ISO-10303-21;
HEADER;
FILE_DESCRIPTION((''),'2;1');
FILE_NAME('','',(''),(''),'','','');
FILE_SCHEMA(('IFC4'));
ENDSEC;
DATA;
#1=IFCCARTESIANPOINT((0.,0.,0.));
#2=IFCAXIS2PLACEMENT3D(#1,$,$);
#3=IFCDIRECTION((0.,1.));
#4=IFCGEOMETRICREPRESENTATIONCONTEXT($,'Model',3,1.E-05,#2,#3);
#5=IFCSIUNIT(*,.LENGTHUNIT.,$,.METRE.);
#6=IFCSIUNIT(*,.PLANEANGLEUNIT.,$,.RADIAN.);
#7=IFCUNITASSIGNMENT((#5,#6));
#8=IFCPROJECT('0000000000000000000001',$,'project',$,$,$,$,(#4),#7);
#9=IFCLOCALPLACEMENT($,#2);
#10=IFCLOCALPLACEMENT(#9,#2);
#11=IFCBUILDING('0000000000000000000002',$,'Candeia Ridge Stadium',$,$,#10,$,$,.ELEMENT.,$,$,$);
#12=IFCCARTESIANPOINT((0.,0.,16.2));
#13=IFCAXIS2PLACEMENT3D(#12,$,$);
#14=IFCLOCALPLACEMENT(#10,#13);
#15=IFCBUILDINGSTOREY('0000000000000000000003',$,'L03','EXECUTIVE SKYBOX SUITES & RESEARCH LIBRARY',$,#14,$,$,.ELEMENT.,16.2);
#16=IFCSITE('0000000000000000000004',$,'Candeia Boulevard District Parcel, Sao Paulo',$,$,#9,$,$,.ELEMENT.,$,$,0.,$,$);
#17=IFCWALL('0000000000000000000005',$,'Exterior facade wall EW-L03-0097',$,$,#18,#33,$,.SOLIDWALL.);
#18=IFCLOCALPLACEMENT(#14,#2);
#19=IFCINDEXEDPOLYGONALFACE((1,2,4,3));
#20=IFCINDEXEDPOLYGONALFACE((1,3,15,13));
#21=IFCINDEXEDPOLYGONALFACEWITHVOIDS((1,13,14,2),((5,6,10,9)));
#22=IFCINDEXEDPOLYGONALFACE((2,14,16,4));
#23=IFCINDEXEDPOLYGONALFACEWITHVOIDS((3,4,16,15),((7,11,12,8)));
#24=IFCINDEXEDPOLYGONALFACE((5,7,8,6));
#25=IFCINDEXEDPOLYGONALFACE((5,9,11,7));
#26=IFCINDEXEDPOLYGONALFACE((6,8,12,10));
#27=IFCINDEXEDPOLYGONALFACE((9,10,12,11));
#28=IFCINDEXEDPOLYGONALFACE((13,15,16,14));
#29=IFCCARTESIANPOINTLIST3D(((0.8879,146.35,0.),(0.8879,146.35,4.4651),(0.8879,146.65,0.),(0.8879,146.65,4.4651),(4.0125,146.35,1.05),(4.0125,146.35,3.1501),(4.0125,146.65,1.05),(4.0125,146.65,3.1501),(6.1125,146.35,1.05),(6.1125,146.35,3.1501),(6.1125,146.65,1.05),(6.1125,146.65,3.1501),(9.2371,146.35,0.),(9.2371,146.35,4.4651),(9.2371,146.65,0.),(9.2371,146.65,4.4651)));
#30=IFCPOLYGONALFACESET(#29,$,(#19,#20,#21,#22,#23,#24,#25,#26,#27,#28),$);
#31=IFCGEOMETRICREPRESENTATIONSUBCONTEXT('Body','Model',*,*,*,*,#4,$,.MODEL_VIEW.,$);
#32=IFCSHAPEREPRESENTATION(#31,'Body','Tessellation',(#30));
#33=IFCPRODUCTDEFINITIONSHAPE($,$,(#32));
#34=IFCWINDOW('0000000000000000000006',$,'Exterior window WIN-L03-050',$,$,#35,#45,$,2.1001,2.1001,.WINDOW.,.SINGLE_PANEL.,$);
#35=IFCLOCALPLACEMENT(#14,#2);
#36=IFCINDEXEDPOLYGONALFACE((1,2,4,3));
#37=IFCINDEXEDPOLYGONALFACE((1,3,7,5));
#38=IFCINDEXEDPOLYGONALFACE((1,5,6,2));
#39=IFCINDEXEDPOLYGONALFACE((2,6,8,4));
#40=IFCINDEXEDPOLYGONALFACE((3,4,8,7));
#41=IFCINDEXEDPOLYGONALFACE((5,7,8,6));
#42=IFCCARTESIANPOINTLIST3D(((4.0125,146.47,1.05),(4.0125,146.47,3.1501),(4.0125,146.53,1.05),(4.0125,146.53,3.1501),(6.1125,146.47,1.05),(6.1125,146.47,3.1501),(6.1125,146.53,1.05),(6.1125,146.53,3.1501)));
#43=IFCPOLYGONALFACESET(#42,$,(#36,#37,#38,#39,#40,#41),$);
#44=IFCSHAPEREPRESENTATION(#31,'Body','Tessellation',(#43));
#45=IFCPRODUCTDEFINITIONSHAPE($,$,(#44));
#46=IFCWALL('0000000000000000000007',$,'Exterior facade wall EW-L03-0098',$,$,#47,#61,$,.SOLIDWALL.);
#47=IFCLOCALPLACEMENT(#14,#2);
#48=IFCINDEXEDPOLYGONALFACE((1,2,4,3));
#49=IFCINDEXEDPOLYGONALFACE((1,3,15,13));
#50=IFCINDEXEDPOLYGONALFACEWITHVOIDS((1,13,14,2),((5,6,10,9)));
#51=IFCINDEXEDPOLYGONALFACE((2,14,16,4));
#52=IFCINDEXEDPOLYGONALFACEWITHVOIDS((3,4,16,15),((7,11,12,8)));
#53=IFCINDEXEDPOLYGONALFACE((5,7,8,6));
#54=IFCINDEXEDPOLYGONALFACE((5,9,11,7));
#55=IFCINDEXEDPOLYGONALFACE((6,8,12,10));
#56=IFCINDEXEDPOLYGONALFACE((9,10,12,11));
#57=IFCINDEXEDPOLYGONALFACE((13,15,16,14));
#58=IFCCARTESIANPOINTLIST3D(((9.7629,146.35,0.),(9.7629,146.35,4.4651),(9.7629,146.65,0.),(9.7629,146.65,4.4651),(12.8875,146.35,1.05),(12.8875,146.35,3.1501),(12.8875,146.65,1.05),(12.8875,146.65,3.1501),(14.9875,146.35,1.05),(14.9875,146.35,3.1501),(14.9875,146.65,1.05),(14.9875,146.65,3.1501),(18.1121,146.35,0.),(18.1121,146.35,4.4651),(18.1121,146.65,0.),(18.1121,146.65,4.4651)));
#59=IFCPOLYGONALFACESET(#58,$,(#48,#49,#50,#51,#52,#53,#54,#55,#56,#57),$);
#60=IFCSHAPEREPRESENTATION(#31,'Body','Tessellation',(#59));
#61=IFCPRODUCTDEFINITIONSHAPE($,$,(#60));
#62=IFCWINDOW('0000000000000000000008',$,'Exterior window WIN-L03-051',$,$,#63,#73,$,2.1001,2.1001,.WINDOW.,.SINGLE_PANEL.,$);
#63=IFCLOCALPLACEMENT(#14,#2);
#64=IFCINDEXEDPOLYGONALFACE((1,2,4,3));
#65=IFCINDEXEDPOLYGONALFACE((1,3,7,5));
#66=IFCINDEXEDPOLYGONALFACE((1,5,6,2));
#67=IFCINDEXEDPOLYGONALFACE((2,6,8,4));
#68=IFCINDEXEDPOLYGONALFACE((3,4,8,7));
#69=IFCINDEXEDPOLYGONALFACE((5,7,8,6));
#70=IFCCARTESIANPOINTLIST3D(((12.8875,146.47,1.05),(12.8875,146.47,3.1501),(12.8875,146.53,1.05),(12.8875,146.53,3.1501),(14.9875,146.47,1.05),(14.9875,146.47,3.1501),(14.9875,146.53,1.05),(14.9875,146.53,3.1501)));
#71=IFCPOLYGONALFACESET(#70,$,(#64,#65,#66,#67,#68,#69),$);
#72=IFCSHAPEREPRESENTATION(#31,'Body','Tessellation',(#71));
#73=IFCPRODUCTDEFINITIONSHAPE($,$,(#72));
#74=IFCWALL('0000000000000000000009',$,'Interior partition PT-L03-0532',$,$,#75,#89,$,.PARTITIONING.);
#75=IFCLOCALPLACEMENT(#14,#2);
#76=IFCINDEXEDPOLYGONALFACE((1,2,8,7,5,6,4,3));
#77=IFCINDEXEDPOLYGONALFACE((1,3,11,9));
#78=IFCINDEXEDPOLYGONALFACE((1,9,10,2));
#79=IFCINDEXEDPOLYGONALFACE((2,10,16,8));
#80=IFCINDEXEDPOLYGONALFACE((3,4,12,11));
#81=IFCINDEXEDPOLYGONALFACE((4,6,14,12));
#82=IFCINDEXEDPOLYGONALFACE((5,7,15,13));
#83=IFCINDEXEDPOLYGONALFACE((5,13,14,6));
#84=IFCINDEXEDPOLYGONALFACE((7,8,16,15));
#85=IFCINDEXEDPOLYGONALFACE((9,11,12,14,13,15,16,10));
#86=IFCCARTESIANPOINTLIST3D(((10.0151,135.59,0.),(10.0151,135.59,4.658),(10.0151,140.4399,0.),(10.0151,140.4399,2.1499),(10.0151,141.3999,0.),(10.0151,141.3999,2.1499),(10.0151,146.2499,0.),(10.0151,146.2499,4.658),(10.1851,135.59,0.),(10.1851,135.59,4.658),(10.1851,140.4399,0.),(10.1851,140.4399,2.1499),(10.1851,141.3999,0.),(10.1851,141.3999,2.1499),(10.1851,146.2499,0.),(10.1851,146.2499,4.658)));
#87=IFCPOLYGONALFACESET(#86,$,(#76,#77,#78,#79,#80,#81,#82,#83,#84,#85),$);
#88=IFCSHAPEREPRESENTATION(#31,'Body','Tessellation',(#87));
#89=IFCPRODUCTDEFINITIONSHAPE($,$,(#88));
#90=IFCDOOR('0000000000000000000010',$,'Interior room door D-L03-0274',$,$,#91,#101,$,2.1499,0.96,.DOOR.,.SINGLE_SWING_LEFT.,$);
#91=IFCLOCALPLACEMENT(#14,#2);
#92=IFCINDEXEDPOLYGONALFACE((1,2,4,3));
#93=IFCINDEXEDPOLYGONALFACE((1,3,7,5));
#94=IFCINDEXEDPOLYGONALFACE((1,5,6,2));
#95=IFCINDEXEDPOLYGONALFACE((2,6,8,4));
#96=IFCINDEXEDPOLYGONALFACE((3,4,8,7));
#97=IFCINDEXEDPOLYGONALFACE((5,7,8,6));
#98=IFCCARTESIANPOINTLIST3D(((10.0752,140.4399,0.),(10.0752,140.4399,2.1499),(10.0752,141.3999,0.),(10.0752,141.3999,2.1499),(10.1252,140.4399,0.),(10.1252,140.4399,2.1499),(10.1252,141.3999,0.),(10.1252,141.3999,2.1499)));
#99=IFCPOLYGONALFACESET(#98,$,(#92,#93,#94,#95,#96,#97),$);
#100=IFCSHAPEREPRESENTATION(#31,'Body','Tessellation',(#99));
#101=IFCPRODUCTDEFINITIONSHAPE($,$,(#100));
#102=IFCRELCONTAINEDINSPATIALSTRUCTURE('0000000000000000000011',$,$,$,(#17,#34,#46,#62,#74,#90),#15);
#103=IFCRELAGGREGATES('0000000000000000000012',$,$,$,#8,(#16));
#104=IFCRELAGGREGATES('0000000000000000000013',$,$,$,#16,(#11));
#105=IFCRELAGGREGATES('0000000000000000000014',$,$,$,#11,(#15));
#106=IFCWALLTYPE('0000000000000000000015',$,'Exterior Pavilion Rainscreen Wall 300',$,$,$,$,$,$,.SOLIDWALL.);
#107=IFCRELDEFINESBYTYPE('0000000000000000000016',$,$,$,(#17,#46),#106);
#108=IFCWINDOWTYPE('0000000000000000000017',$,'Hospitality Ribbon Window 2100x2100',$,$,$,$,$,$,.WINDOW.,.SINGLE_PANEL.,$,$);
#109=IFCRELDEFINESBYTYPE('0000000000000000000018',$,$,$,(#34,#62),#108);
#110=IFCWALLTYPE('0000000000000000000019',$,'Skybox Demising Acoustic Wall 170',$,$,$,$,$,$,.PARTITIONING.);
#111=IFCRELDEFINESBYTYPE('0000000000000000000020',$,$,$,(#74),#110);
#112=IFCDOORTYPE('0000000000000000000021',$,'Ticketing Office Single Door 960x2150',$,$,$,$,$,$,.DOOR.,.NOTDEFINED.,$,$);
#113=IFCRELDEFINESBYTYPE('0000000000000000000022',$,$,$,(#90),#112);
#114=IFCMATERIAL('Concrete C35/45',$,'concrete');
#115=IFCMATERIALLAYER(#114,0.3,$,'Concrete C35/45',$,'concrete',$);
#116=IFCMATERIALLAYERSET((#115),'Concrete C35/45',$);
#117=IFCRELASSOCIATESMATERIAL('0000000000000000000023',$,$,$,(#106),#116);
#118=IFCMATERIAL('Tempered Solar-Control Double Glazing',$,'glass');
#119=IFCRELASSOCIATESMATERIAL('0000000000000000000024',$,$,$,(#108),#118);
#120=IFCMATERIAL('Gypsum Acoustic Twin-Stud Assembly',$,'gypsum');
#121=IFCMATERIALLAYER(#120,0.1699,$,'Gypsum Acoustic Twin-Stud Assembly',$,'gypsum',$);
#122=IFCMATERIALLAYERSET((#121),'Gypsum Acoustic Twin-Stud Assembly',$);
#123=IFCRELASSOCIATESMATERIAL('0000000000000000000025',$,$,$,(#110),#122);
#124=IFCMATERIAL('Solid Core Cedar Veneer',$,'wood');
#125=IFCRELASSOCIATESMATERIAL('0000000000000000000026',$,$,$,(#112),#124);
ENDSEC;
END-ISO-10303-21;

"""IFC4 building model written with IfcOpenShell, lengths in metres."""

from ifc_helpers import new_model, si_unit, direction, frame, frame_2d, origin, place, context, subcontext, project, spatial, rectangle, extrude, material, layer, layer_set, type_object, element, fill, save


model = new_model("IFC4")

# Units and contexts
model_context = context("Model", 3, precision=1e-05, world=origin(), true_north=direction((0.0, 1.0)))
body_context = subcontext(model_context, "Body", "Model", "MODEL_VIEW")
ifc_project = project(units=[si_unit("LENGTHUNIT", "METRE"), si_unit("PLANEANGLEUNIT", "RADIAN")], contexts=[model_context])

# Site, building, storey
site_placement = place(None, origin())
site = spatial("IfcSite", under=ifc_project, at=site_placement, Name="Candeia Boulevard District Parcel, Sao Paulo", CompositionType="ELEMENT", RefElevation=0.0)
building_placement = place(site_placement, origin())
building = spatial("IfcBuilding", under=site, at=building_placement, Name="Candeia Ridge Stadium", CompositionType="ELEMENT")
storey_placement = place(building_placement, frame((0.0, 0.0, 16.2)))
storey = spatial("IfcBuildingStorey", under=building, at=storey_placement, Name="L03", Description="EXECUTIVE SKYBOX SUITES & RESEARCH LIBRARY", CompositionType="ELEMENT", Elevation=16.2)

# Walls, openings, windows
ifc_material_1 = material(Name="Concrete C35/45", Category="concrete")
ifc_material_2 = material(Name="Tempered Solar-Control Double Glazing", Category="glass")
ifc_layer_1 = layer(ifc_material_1, 0.3, Name="Concrete C35/45", Category="concrete")
ifc_layer_set_1 = layer_set([ifc_layer_1], Name="Concrete C35/45")
wall_type_1 = type_object("IfcWallType", Name="Exterior Pavilion Rainscreen Wall 300", PredefinedType="SOLIDWALL", material=ifc_layer_set_1)
wall_1_placement = place(storey_placement, frame((0.8879, 146.5, 0.0), z_axis=(0.0, 0.0, 1.0), x_axis=(1.0, 0.0, 0.0)))
wall_1 = element("IfcWall", 1, at=wall_1_placement, inside=storey, type_object=wall_type_1, Name="Exterior facade wall EW-L03-0097", PredefinedType="SOLIDWALL", context=body_context, shape_type="SweptSolid", body=[
    extrude(rectangle(XDim=8.3491, YDim=0.3, at=frame_2d((4.1746, 0.0))), origin(), (0.0, 0.0, 1.0), 4.4651),
])
opening_1_placement = place(wall_1_placement, frame((3.1245, 0.0, 1.05)))
opening_1 = element("IfcOpeningElement", 2, at=opening_1_placement, cuts=wall_1, PredefinedType="OPENING", context=body_context, shape_type="SweptSolid", body=[
    extrude(rectangle(XDim=2.1001, YDim=2.1001, at=frame_2d((1.05, 1.05))), frame((0.0, 0.1599, 0.0), z_axis=(0.0, -1.0, 0.0), x_axis=(1.0, 0.0, 0.0)), (0.0, 0.0, 1.0), 0.3201),
])
window_type_1 = type_object("IfcWindowType", Name="Hospitality Ribbon Window 2100x2100", PartitioningType="SINGLE_PANEL", PredefinedType="WINDOW", material=ifc_material_2)
window_1_placement = place(opening_1_placement, origin())
window_1 = element("IfcWindow", 3, at=window_1_placement, inside=storey, type_object=window_type_1, Name="Exterior window WIN-L03-050", OverallHeight=2.1001, OverallWidth=2.1001, PartitioningType="SINGLE_PANEL", PredefinedType="WINDOW", context=body_context, shape_type="SweptSolid", body=[
    extrude(rectangle(XDim=2.1001, YDim=2.1001, at=frame_2d((1.05, 1.05))), frame((0.0, 0.03, 0.0), z_axis=(0.0, -1.0, 0.0), x_axis=(1.0, 0.0, 0.0)), (0.0, 0.0, 1.0), 0.0601),
])
fill(opening_1, window_1)
wall_2_placement = place(storey_placement, frame((9.7629, 146.5, 0.0), z_axis=(0.0, 0.0, 1.0), x_axis=(1.0, 0.0, 0.0)))
wall_2 = element("IfcWall", 4, at=wall_2_placement, inside=storey, type_object=wall_type_1, Name="Exterior facade wall EW-L03-0098", PredefinedType="SOLIDWALL", context=body_context, shape_type="SweptSolid", body=[
    extrude(rectangle(XDim=8.3491, YDim=0.3, at=frame_2d((4.1746, 0.0))), origin(), (0.0, 0.0, 1.0), 4.4651),
])
opening_2_placement = place(wall_2_placement, frame((3.1245, 0.0, 1.05)))
opening_2 = element("IfcOpeningElement", 5, at=opening_2_placement, cuts=wall_2, PredefinedType="OPENING", context=body_context, shape_type="SweptSolid", body=[
    extrude(rectangle(XDim=2.1001, YDim=2.1001, at=frame_2d((1.05, 1.05))), frame((0.0, 0.1599, 0.0), z_axis=(0.0, -1.0, 0.0), x_axis=(1.0, 0.0, 0.0)), (0.0, 0.0, 1.0), 0.3201),
])
window_2_placement = place(opening_2_placement, origin())
window_2 = element("IfcWindow", 6, at=window_2_placement, inside=storey, type_object=window_type_1, Name="Exterior window WIN-L03-051", OverallHeight=2.1001, OverallWidth=2.1001, PartitioningType="SINGLE_PANEL", PredefinedType="WINDOW", context=body_context, shape_type="SweptSolid", body=[
    extrude(rectangle(XDim=2.1001, YDim=2.1001, at=frame_2d((1.05, 1.05))), frame((0.0, 0.03, 0.0), z_axis=(0.0, -1.0, 0.0), x_axis=(1.0, 0.0, 0.0)), (0.0, 0.0, 1.0), 0.0601),
])
fill(opening_2, window_2)

# Wall, opening, door
ifc_material_3 = material(Name="Gypsum Acoustic Twin-Stud Assembly", Category="gypsum")
ifc_layer_2 = layer(ifc_material_3, 0.1699, Name="Gypsum Acoustic Twin-Stud Assembly", Category="gypsum")
ifc_layer_set_2 = layer_set([ifc_layer_2], Name="Gypsum Acoustic Twin-Stud Assembly")
wall_type_2 = type_object("IfcWallType", Name="Skybox Demising Acoustic Wall 170", PredefinedType="PARTITIONING", material=ifc_layer_set_2)
wall_3_placement = place(storey_placement, frame((10.1001, 146.25, 0.0), z_axis=(0.0, 0.0, 1.0), x_axis=(0.0, -1.0, 0.0)))
wall_3 = element("IfcWall", 7, at=wall_3_placement, inside=storey, type_object=wall_type_2, Name="Interior partition PT-L03-0532", PredefinedType="PARTITIONING", context=body_context, shape_type="SweptSolid", body=[
    extrude(rectangle(XDim=10.6599, YDim=0.1699, at=frame_2d((5.3301, 0.0))), origin(), (0.0, 0.0, 1.0), 4.658),
])
opening_3_placement = place(wall_3_placement, frame((4.8501, 0.0, 0.0)))
opening_3 = element("IfcOpeningElement", 8, at=opening_3_placement, cuts=wall_3, PredefinedType="OPENING", context=body_context, shape_type="SweptSolid", body=[
    extrude(rectangle(XDim=0.96, YDim=2.1499, at=frame_2d((0.48, 1.075))), frame((0.0, 0.095, 0.0), z_axis=(0.0, -1.0, 0.0), x_axis=(1.0, 0.0, 0.0)), (0.0, 0.0, 1.0), 0.1899),
])
ifc_material_4 = material(Name="Solid Core Cedar Veneer", Category="wood")
door_type_1 = type_object("IfcDoorType", Name="Ticketing Office Single Door 960x2150", OperationType="NOTDEFINED", PredefinedType="DOOR", material=ifc_material_4)
door_1_placement = place(opening_3_placement, frame((0.96, 0.0, 0.0), z_axis=(0.0, 0.0, 1.0), x_axis=(-1.0, 0.0, 0.0)))
door_1 = element("IfcDoor", 9, at=door_1_placement, inside=storey, type_object=door_type_1, Name="Interior room door D-L03-0274", OperationType="SINGLE_SWING_LEFT", OverallHeight=2.1499, OverallWidth=0.96, PredefinedType="DOOR", context=body_context, shape_type="SweptSolid", body=[
    extrude(rectangle(XDim=0.96, YDim=2.1499, at=frame_2d((0.48, 1.075))), frame((0.0, 0.0249, 0.0), z_axis=(0.0, -1.0, 0.0), x_axis=(1.0, 0.0, 0.0)), (0.0, 0.0, 1.0), 0.05),
])
fill(opening_3, door_1)

save(model, "model.ifc")
